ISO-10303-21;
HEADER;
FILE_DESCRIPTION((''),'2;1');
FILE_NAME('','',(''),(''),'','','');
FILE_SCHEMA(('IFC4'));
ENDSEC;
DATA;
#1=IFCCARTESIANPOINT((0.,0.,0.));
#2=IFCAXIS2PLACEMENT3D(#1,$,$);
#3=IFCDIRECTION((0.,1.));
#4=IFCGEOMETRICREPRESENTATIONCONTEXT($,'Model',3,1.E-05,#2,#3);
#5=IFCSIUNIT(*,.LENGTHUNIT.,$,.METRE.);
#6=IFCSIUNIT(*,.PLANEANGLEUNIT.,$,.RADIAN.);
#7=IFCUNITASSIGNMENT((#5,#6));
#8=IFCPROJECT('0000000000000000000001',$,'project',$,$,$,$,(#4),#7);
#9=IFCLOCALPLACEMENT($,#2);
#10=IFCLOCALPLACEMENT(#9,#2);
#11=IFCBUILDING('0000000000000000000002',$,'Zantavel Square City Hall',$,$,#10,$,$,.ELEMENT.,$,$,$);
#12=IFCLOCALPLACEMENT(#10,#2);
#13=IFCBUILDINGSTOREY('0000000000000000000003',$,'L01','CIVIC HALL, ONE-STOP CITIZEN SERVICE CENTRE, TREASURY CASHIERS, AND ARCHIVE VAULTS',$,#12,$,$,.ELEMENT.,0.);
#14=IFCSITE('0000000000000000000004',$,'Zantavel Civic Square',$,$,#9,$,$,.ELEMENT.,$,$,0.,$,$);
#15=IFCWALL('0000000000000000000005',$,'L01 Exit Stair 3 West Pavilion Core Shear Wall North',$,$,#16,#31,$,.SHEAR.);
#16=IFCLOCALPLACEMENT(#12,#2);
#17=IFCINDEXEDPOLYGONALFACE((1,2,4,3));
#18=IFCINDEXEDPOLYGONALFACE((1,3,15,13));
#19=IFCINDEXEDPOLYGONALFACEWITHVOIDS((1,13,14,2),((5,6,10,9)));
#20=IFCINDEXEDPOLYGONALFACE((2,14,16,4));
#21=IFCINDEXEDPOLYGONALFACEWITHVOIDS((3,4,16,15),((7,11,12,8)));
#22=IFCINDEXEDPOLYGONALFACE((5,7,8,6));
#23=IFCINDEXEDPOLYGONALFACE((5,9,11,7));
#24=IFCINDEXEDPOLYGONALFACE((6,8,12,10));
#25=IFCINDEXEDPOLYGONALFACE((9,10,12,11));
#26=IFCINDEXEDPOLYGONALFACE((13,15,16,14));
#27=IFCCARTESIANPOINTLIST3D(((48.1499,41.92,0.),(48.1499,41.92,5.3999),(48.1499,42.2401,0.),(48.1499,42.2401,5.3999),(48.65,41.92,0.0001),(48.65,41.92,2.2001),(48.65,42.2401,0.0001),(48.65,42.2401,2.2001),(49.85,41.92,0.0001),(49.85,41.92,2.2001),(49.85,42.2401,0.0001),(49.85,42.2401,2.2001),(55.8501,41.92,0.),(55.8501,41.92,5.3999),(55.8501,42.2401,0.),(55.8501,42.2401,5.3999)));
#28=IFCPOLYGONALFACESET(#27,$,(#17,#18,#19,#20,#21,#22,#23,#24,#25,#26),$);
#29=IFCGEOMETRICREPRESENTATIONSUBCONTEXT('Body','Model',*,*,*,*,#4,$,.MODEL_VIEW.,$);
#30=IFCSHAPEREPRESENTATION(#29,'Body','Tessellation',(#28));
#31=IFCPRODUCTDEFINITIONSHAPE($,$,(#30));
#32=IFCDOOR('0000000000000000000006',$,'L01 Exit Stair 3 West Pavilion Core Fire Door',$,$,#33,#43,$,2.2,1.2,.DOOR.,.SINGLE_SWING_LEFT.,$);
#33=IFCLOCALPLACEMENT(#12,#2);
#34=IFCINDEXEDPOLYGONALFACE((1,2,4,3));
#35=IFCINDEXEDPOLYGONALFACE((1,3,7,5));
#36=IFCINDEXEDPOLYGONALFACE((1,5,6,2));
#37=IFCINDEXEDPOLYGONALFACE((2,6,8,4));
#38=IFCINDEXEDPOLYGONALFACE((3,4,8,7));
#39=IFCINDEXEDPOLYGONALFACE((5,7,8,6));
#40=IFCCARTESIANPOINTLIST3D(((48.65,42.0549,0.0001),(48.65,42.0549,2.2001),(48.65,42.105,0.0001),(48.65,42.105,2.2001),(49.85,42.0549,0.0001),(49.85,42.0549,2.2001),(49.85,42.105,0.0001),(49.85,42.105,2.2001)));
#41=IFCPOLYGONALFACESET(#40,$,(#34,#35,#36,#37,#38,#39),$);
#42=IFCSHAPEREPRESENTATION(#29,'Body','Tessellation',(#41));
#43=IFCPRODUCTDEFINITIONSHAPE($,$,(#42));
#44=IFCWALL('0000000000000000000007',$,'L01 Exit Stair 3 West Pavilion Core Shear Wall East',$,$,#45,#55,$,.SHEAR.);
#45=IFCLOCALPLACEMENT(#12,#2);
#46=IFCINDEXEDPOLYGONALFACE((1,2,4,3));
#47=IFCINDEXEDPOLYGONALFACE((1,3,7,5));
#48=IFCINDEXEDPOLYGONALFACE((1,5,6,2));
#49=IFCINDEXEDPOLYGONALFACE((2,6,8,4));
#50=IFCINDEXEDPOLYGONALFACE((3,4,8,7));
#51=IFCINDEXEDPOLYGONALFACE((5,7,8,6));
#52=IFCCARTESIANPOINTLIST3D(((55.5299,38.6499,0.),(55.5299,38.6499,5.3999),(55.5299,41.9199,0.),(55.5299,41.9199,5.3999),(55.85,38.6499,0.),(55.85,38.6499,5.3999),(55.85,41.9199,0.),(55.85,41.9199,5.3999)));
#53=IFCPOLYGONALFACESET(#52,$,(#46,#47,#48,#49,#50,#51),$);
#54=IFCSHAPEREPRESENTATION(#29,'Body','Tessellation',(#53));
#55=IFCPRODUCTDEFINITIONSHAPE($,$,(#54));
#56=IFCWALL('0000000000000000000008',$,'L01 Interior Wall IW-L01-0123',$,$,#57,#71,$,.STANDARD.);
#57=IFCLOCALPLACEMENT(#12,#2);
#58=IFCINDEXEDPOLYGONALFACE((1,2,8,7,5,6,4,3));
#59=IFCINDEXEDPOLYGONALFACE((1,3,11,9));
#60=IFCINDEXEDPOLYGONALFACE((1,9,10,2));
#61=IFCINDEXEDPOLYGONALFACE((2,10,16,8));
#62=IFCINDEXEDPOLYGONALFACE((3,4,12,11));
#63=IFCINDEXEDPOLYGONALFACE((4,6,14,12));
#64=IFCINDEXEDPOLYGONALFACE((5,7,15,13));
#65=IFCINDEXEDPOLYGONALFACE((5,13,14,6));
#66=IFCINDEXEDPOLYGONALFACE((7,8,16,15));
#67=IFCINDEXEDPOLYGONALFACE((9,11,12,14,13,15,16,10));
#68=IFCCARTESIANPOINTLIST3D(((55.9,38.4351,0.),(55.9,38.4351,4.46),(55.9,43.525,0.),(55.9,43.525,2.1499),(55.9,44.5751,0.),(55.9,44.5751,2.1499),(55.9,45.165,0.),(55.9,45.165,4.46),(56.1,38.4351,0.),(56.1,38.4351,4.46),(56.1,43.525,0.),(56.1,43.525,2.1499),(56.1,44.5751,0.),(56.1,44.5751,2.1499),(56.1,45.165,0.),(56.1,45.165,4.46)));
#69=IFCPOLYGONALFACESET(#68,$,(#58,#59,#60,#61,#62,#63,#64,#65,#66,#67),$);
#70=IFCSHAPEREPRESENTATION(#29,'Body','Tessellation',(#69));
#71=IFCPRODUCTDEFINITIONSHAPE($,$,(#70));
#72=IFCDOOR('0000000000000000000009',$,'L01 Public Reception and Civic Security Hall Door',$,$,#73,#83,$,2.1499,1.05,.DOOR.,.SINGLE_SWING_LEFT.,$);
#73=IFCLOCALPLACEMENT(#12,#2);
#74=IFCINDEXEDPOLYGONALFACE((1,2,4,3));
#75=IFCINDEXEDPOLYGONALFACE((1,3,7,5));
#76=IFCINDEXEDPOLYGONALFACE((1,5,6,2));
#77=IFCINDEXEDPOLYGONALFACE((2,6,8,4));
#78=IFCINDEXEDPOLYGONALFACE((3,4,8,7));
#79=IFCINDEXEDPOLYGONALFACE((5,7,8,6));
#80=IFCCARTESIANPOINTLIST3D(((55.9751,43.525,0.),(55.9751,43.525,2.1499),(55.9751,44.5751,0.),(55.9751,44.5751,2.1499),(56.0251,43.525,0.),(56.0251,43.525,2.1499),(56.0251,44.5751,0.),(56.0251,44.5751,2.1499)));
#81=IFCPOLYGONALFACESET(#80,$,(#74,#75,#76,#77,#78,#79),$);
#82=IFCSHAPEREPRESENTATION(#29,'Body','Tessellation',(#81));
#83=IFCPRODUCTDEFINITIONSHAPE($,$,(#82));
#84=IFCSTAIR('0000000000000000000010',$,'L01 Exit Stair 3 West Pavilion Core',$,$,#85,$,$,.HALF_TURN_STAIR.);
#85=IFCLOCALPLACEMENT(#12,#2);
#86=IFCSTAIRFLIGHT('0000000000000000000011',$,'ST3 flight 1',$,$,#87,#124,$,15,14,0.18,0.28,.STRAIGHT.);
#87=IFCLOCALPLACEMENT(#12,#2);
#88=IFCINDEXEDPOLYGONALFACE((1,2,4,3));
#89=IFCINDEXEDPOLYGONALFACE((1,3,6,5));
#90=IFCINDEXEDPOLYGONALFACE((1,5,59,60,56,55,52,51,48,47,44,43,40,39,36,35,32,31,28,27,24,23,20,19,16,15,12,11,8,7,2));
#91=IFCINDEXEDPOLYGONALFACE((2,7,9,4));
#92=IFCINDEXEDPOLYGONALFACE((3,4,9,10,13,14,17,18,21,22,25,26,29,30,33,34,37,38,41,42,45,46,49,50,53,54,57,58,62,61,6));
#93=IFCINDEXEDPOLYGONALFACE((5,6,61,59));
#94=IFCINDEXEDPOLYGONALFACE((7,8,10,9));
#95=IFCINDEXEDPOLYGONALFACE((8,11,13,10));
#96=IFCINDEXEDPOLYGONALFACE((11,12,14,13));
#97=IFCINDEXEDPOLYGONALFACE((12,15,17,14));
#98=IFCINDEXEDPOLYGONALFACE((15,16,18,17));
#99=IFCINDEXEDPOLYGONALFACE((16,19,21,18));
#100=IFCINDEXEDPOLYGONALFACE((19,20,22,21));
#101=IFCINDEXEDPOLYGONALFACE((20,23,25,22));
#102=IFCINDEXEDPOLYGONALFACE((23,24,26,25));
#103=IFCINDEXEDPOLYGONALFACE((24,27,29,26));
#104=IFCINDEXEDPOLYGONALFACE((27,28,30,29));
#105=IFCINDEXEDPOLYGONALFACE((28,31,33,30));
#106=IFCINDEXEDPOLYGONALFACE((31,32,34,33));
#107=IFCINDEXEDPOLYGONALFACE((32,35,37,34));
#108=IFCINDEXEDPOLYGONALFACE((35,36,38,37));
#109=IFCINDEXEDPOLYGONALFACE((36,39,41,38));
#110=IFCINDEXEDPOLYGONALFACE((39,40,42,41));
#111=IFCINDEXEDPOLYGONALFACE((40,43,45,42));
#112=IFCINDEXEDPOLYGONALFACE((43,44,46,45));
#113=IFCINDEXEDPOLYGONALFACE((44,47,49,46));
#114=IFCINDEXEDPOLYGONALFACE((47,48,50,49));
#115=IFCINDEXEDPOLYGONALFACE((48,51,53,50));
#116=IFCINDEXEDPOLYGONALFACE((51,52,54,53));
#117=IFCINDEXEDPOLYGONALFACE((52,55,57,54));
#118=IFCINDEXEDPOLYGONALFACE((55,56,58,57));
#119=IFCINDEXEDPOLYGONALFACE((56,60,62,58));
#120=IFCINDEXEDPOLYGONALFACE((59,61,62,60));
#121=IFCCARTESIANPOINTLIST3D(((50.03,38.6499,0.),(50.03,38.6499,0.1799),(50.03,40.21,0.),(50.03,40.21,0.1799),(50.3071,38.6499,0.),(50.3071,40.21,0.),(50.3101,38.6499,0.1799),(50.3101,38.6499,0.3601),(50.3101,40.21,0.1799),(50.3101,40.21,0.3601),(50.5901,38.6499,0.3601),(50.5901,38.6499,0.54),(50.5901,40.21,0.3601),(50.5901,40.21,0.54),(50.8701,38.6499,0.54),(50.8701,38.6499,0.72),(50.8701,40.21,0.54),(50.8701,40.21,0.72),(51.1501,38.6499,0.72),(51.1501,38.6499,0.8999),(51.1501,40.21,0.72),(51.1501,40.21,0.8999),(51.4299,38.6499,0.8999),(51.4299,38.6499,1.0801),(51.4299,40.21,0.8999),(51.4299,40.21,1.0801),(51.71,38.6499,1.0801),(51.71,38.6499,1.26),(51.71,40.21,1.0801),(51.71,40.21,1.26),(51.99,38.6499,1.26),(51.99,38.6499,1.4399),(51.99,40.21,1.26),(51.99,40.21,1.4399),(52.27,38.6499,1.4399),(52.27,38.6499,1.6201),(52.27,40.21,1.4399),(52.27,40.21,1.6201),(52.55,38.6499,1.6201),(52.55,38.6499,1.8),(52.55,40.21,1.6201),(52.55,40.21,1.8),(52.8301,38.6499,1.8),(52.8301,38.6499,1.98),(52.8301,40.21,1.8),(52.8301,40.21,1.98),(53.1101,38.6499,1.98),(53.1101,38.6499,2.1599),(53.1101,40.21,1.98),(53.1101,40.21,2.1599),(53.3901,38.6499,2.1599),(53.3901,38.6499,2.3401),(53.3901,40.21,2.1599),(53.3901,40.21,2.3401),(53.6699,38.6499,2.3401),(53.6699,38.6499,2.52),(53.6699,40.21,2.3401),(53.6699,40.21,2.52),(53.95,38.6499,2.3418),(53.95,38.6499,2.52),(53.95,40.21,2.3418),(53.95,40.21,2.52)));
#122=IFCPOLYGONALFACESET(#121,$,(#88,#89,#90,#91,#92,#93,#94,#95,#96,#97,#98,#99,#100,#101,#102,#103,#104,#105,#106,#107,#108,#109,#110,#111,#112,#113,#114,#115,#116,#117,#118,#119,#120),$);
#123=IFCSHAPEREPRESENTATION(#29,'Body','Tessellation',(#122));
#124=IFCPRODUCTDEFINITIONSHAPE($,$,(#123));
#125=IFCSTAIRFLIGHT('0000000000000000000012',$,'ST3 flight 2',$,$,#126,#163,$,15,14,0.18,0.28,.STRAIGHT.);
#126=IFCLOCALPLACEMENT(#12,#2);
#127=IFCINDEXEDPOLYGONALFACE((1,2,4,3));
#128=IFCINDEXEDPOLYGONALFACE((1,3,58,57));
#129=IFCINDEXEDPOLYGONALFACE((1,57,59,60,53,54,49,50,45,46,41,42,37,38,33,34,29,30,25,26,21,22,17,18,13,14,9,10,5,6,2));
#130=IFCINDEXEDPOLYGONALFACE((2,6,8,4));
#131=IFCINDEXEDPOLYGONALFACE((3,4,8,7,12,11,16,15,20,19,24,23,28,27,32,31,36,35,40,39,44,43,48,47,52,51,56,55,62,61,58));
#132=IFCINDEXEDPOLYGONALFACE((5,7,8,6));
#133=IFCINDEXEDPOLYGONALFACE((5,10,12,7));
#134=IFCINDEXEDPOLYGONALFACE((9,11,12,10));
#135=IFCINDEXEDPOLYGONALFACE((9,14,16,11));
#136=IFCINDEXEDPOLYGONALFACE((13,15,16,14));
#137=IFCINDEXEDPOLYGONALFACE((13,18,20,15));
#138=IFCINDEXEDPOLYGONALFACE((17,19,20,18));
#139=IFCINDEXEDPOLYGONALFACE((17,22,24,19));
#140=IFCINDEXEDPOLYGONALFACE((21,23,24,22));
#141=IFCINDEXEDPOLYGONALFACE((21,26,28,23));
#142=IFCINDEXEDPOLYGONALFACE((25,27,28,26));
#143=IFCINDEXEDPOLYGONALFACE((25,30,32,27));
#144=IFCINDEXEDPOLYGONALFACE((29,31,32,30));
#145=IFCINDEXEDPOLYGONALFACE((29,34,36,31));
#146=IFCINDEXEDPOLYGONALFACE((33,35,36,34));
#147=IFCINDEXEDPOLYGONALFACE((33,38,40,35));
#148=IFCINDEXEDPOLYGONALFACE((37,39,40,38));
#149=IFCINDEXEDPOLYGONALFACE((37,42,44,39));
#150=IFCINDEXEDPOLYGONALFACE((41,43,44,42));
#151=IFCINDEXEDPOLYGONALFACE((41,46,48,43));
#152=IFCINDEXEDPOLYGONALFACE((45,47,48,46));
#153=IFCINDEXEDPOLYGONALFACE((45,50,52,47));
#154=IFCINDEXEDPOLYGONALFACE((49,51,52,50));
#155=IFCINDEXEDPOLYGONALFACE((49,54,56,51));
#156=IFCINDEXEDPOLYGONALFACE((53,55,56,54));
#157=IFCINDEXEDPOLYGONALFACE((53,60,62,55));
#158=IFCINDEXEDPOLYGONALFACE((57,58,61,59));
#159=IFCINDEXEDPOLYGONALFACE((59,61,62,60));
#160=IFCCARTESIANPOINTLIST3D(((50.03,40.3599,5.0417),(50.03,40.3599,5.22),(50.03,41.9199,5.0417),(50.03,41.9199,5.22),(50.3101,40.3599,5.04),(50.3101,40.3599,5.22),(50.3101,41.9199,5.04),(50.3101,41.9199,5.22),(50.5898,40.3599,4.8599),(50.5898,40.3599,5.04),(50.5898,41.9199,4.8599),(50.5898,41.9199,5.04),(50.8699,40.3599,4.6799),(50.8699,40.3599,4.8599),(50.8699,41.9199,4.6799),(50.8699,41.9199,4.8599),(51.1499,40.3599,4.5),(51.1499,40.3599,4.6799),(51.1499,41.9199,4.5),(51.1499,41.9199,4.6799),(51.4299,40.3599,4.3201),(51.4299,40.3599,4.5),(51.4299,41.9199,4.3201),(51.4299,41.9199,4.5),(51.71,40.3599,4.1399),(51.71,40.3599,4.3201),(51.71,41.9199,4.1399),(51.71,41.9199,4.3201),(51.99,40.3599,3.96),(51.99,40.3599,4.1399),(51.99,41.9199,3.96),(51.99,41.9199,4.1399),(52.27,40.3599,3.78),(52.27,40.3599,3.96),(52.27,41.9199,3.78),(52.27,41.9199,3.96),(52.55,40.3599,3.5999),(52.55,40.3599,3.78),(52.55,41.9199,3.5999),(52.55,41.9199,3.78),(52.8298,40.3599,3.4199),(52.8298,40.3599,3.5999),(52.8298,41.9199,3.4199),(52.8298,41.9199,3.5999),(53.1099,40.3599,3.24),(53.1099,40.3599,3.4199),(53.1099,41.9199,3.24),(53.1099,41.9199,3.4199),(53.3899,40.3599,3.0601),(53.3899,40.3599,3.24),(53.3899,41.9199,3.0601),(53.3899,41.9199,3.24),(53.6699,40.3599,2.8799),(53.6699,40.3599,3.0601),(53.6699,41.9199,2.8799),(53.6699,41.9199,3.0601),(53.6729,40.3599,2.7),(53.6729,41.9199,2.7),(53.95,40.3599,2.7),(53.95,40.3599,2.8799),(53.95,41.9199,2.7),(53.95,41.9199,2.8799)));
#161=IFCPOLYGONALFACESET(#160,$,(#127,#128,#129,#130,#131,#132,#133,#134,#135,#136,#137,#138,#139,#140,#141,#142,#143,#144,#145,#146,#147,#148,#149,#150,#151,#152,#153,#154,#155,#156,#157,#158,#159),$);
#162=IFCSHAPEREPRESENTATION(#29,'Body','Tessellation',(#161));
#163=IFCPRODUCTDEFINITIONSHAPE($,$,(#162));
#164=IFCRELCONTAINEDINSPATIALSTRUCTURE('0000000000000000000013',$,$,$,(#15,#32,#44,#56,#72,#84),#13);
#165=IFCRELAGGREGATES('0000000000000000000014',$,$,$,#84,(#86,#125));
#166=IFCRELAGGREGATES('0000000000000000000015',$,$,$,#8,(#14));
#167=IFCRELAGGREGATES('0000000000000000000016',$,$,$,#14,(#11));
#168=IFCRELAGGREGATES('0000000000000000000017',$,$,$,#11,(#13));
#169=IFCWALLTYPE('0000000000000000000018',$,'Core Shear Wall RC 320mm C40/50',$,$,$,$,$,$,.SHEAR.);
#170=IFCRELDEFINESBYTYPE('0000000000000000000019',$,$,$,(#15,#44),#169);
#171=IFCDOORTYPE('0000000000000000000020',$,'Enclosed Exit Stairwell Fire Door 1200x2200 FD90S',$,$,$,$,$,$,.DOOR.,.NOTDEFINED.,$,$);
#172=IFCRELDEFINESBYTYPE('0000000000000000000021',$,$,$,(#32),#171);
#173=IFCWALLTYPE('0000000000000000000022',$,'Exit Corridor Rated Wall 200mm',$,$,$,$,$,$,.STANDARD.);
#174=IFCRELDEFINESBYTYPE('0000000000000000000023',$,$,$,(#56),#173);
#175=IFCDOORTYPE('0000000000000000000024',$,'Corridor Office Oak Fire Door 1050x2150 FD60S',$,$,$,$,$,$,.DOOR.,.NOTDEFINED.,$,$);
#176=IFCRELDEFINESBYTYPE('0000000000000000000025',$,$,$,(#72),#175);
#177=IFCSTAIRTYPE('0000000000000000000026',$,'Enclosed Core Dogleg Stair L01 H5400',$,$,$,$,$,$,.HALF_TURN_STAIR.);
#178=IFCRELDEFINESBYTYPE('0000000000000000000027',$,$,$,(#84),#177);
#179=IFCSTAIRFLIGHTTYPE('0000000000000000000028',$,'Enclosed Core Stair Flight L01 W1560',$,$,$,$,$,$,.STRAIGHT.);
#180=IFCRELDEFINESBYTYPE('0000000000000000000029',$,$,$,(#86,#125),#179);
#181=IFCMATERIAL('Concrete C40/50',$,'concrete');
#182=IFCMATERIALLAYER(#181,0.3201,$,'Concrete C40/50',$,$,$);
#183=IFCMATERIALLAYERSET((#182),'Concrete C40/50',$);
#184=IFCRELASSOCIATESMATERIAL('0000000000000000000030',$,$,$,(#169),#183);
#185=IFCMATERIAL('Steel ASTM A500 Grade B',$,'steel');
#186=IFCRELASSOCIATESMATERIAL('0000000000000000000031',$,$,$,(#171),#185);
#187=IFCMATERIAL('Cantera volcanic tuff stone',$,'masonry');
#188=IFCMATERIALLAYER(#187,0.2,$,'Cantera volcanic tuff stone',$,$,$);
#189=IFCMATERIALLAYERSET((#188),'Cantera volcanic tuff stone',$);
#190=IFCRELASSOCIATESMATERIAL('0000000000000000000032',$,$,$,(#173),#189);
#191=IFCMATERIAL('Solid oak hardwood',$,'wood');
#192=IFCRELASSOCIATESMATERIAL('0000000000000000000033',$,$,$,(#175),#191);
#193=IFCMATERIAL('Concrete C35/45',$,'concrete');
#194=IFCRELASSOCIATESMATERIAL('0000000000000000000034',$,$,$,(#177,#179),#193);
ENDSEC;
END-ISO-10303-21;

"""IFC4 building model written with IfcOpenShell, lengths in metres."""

from ifc_helpers import new_model, si_unit, direction, frame, frame_2d, origin, place, context, subcontext, project, spatial, polyline, rectangle, outline, extrude, material, layer, layer_set, type_object, element, fill, aggregate, save


model = new_model("IFC4")

# Units and contexts
model_context = context("Model", 3, precision=1e-05, world=origin(), true_north=direction((0.0, 1.0)))
body_context = subcontext(model_context, "Body", "Model", "MODEL_VIEW")
ifc_project = project(units=[si_unit("LENGTHUNIT", "METRE"), si_unit("PLANEANGLEUNIT", "RADIAN")], contexts=[model_context])

# Site, building, storey
site_placement = place(None, origin())
site = spatial("IfcSite", under=ifc_project, at=site_placement, Name="Zantavel Civic Square", CompositionType="ELEMENT", RefElevation=0.0)
building_placement = place(site_placement, origin())
building = spatial("IfcBuilding", under=site, at=building_placement, Name="Zantavel Square City Hall", CompositionType="ELEMENT")
storey_placement = place(building_placement, origin())
storey = spatial("IfcBuildingStorey", under=building, at=storey_placement, Name="L01", Description="CIVIC HALL, ONE-STOP CITIZEN SERVICE CENTRE, TREASURY CASHIERS, AND ARCHIVE VAULTS", CompositionType="ELEMENT", Elevation=0.0)

# Shared definitions
ifc_material_1 = material(Name="Concrete C40/50", Category="concrete")

# Shared definitions
ifc_material_2 = material(Name="Concrete C35/45", Category="concrete")

# Shared definitions
ifc_layer_1 = layer(ifc_material_1, 0.3201, Name="Concrete C40/50")
ifc_layer_set_1 = layer_set([ifc_layer_1], Name="Concrete C40/50")
wall_type_1 = type_object("IfcWallType", Name="Core Shear Wall RC 320mm C40/50", PredefinedType="SHEAR", material=ifc_layer_set_1)

# Wall, opening, door
wall_1_placement = place(storey_placement, frame((48.1499, 42.0801, 0.0), z_axis=(0.0, 0.0, 1.0), x_axis=(1.0, 0.0, 0.0)))
wall_1 = element("IfcWall", 1, at=wall_1_placement, inside=storey, type_object=wall_type_1, Name="L01 Exit Stair 3 West Pavilion Core Shear Wall North", PredefinedType="SHEAR", context=body_context, shape_type="SweptSolid", body=[
    extrude(rectangle(XDim=7.7002, YDim=0.3201, at=frame_2d((3.8501, 0.0))), origin(), (0.0, 0.0, 1.0), 5.3999),
])
opening_1_placement = place(wall_1_placement, frame((0.5, 0.0, 0.0)))
opening_1 = element("IfcOpeningElement", 2, at=opening_1_placement, cuts=wall_1, PredefinedType="OPENING", context=body_context, shape_type="SweptSolid", body=[
    extrude(rectangle(XDim=1.2, YDim=2.2, at=frame_2d((0.6001, 1.1001))), frame((0.0, 0.1699, 0.0), z_axis=(0.0, -1.0, 0.0), x_axis=(1.0, 0.0, 0.0)), (0.0, 0.0, 1.0), 0.3401),
])
ifc_material_3 = material(Name="Steel ASTM A500 Grade B", Category="steel")
door_type_1 = type_object("IfcDoorType", Name="Enclosed Exit Stairwell Fire Door 1200x2200 FD90S", OperationType="NOTDEFINED", PredefinedType="DOOR", material=ifc_material_3)
door_1_placement = place(opening_1_placement, origin())
door_1 = element("IfcDoor", 3, at=door_1_placement, inside=storey, type_object=door_type_1, Name="L01 Exit Stair 3 West Pavilion Core Fire Door", OperationType="SINGLE_SWING_LEFT", OverallHeight=2.2, OverallWidth=1.2, PredefinedType="DOOR", context=body_context, shape_type="SweptSolid", body=[
    extrude(rectangle(XDim=1.2, YDim=2.2, at=frame_2d((0.6001, 1.1001))), frame((0.0, 0.0249, 0.0), z_axis=(0.0, -1.0, 0.0), x_axis=(1.0, 0.0, 0.0)), (0.0, 0.0, 1.0), 0.05),
])
fill(opening_1, door_1)

# Wall
wall_2_placement = place(storey_placement, frame((55.6899, 41.9199, 0.0), z_axis=(0.0, 0.0, 1.0), x_axis=(0.0, -1.0, 0.0)))
element("IfcWall", 4, at=wall_2_placement, inside=storey, type_object=wall_type_1, Name="L01 Exit Stair 3 West Pavilion Core Shear Wall East", PredefinedType="SHEAR", context=body_context, shape_type="SweptSolid", body=[
    extrude(rectangle(XDim=3.27, YDim=0.3201, at=frame_2d((1.635, 0.0))), origin(), (0.0, 0.0, 1.0), 5.3999),
])

# Wall, opening, door
ifc_material_4 = material(Name="Cantera volcanic tuff stone", Category="masonry")
ifc_layer_2 = layer(ifc_material_4, 0.2, Name="Cantera volcanic tuff stone")
ifc_layer_set_2 = layer_set([ifc_layer_2], Name="Cantera volcanic tuff stone")
wall_type_2 = type_object("IfcWallType", Name="Exit Corridor Rated Wall 200mm", PredefinedType="STANDARD", material=ifc_layer_set_2)
wall_3_placement = place(storey_placement, frame((56.0, 38.4351, 0.0), z_axis=(0.0, 0.0, 1.0), x_axis=(0.0, 1.0, 0.0)))
wall_3 = element("IfcWall", 5, at=wall_3_placement, inside=storey, type_object=wall_type_2, Name="L01 Interior Wall IW-L01-0123", PredefinedType="STANDARD", context=body_context, shape_type="SweptSolid", body=[
    extrude(rectangle(XDim=6.73, YDim=0.2, at=frame_2d((3.365, 0.0))), origin(), (0.0, 0.0, 1.0), 4.46),
])
opening_2_placement = place(wall_3_placement, frame((5.0901, 0.0, 0.0)))
opening_2 = element("IfcOpeningElement", 6, at=opening_2_placement, cuts=wall_3, PredefinedType="OPENING", context=body_context, shape_type="SweptSolid", body=[
    extrude(rectangle(XDim=1.05, YDim=2.1499, at=frame_2d((0.5249, 1.075))), frame((0.0, 0.1099, 0.0), z_axis=(0.0, -1.0, 0.0), x_axis=(1.0, 0.0, 0.0)), (0.0, 0.0, 1.0), 0.22),
])
ifc_material_5 = material(Name="Solid oak hardwood", Category="wood")
door_type_2 = type_object("IfcDoorType", Name="Corridor Office Oak Fire Door 1050x2150 FD60S", OperationType="NOTDEFINED", PredefinedType="DOOR", material=ifc_material_5)
door_2_placement = place(opening_2_placement, origin())
door_2 = element("IfcDoor", 7, at=door_2_placement, inside=storey, type_object=door_type_2, Name="L01 Public Reception and Civic Security Hall Door", OperationType="SINGLE_SWING_LEFT", OverallHeight=2.1499, OverallWidth=1.05, PredefinedType="DOOR", context=body_context, shape_type="SweptSolid", body=[
    extrude(rectangle(XDim=1.05, YDim=2.1499, at=frame_2d((0.5249, 1.075))), frame((0.0, 0.0249, 0.0), z_axis=(0.0, -1.0, 0.0), x_axis=(1.0, 0.0, 0.0)), (0.0, 0.0, 1.0), 0.05),
])
fill(opening_2, door_2)

# Stair, stair flights
stair_type = type_object("IfcStairType", Name="Enclosed Core Dogleg Stair L01 H5400", PredefinedType="HALF_TURN_STAIR", material=ifc_material_2)
stair_placement = place(storey_placement, origin())
stair = element("IfcStair", 8, at=stair_placement, inside=storey, type_object=stair_type, Name="L01 Exit Stair 3 West Pavilion Core", PredefinedType="HALF_TURN_STAIR")
stair_flight_type = type_object("IfcStairFlightType", Name="Enclosed Core Stair Flight L01 W1560", PredefinedType="STRAIGHT", material=ifc_material_2)
stair_flight_1_placement = place(storey_placement, frame((50.03, 39.4299, 0.0), z_axis=(0.0, 0.0, 1.0), x_axis=(1.0, 0.0, 0.0)))
stair_flight_1 = element("IfcStairFlight", 9, at=stair_flight_1_placement, type_object=stair_flight_type, Name="ST3 flight 1", NumberOfRisers=15, NumberOfTreads=14, PredefinedType="STRAIGHT", RiserHeight=0.18, TreadLength=0.28, context=body_context, shape_type="SweptSolid", body=[
    extrude(outline(polyline([(0.0, 0.0), (0.0, 0.1799), (0.28, 0.1799), (0.28, 0.3601), (0.5601, 0.3601), (0.5601, 0.54), (0.8401, 0.54), (0.8401, 0.72), (1.1201, 0.72), (1.1201, 0.8999), (1.3999, 0.8999), (1.3999, 1.0801), (1.6799, 1.0801), (1.6799, 1.26), (1.96, 1.26), (1.96, 1.4399), (2.24, 1.4399), (2.24, 1.6201), (2.52, 1.6201), (2.52, 1.8), (2.8, 1.8), (2.8, 1.98), (3.0801, 1.98), (3.0801, 2.1599), (3.3601, 2.1599), (3.3601, 2.3401), (3.6399, 2.3401), (3.6399, 2.52), (3.9199, 2.52), (3.9199, 2.7), (3.9199, 2.3418), (0.2771, 0.0), (0.0, 0.0)])), frame((0.0, 0.78, 0.0), z_axis=(0.0, -1.0, 0.0), x_axis=(1.0, 0.0, 0.0)), (0.0, 0.0, 1.0), 1.5601),
])
stair_flight_2_placement = place(storey_placement, frame((53.95, 41.1399, 2.7), z_axis=(0.0, 0.0, 1.0), x_axis=(-1.0, 0.0, 0.0)))
stair_flight_2 = element("IfcStairFlight", 10, at=stair_flight_2_placement, type_object=stair_flight_type, Name="ST3 flight 2", NumberOfRisers=15, NumberOfTreads=14, PredefinedType="STRAIGHT", RiserHeight=0.18, TreadLength=0.28, context=body_context, shape_type="SweptSolid", body=[
    extrude(outline(polyline([(0.0, 0.0), (0.0, 0.1799), (0.28, 0.1799), (0.28, 0.3601), (0.5601, 0.3601), (0.5601, 0.54), (0.8401, 0.54), (0.8401, 0.72), (1.1201, 0.72), (1.1201, 0.8999), (1.3999, 0.8999), (1.3999, 1.0801), (1.6799, 1.0801), (1.6799, 1.26), (1.96, 1.26), (1.96, 1.4399), (2.24, 1.4399), (2.24, 1.6201), (2.52, 1.6201), (2.52, 1.8), (2.8, 1.8), (2.8, 1.98), (3.0801, 1.98), (3.0801, 2.1599), (3.3601, 2.1599), (3.3601, 2.3401), (3.6399, 2.3401), (3.6399, 2.52), (3.9199, 2.52), (3.9199, 2.7), (3.9199, 2.3418), (0.2771, 0.0), (0.0, 0.0)])), frame((0.0, 0.78, 0.0), z_axis=(0.0, -1.0, 0.0), x_axis=(1.0, 0.0, 0.0)), (0.0, 0.0, 1.0), 1.5601),
])
aggregate(stair, [stair_flight_1, stair_flight_2])

save(model, "model.ifc")
